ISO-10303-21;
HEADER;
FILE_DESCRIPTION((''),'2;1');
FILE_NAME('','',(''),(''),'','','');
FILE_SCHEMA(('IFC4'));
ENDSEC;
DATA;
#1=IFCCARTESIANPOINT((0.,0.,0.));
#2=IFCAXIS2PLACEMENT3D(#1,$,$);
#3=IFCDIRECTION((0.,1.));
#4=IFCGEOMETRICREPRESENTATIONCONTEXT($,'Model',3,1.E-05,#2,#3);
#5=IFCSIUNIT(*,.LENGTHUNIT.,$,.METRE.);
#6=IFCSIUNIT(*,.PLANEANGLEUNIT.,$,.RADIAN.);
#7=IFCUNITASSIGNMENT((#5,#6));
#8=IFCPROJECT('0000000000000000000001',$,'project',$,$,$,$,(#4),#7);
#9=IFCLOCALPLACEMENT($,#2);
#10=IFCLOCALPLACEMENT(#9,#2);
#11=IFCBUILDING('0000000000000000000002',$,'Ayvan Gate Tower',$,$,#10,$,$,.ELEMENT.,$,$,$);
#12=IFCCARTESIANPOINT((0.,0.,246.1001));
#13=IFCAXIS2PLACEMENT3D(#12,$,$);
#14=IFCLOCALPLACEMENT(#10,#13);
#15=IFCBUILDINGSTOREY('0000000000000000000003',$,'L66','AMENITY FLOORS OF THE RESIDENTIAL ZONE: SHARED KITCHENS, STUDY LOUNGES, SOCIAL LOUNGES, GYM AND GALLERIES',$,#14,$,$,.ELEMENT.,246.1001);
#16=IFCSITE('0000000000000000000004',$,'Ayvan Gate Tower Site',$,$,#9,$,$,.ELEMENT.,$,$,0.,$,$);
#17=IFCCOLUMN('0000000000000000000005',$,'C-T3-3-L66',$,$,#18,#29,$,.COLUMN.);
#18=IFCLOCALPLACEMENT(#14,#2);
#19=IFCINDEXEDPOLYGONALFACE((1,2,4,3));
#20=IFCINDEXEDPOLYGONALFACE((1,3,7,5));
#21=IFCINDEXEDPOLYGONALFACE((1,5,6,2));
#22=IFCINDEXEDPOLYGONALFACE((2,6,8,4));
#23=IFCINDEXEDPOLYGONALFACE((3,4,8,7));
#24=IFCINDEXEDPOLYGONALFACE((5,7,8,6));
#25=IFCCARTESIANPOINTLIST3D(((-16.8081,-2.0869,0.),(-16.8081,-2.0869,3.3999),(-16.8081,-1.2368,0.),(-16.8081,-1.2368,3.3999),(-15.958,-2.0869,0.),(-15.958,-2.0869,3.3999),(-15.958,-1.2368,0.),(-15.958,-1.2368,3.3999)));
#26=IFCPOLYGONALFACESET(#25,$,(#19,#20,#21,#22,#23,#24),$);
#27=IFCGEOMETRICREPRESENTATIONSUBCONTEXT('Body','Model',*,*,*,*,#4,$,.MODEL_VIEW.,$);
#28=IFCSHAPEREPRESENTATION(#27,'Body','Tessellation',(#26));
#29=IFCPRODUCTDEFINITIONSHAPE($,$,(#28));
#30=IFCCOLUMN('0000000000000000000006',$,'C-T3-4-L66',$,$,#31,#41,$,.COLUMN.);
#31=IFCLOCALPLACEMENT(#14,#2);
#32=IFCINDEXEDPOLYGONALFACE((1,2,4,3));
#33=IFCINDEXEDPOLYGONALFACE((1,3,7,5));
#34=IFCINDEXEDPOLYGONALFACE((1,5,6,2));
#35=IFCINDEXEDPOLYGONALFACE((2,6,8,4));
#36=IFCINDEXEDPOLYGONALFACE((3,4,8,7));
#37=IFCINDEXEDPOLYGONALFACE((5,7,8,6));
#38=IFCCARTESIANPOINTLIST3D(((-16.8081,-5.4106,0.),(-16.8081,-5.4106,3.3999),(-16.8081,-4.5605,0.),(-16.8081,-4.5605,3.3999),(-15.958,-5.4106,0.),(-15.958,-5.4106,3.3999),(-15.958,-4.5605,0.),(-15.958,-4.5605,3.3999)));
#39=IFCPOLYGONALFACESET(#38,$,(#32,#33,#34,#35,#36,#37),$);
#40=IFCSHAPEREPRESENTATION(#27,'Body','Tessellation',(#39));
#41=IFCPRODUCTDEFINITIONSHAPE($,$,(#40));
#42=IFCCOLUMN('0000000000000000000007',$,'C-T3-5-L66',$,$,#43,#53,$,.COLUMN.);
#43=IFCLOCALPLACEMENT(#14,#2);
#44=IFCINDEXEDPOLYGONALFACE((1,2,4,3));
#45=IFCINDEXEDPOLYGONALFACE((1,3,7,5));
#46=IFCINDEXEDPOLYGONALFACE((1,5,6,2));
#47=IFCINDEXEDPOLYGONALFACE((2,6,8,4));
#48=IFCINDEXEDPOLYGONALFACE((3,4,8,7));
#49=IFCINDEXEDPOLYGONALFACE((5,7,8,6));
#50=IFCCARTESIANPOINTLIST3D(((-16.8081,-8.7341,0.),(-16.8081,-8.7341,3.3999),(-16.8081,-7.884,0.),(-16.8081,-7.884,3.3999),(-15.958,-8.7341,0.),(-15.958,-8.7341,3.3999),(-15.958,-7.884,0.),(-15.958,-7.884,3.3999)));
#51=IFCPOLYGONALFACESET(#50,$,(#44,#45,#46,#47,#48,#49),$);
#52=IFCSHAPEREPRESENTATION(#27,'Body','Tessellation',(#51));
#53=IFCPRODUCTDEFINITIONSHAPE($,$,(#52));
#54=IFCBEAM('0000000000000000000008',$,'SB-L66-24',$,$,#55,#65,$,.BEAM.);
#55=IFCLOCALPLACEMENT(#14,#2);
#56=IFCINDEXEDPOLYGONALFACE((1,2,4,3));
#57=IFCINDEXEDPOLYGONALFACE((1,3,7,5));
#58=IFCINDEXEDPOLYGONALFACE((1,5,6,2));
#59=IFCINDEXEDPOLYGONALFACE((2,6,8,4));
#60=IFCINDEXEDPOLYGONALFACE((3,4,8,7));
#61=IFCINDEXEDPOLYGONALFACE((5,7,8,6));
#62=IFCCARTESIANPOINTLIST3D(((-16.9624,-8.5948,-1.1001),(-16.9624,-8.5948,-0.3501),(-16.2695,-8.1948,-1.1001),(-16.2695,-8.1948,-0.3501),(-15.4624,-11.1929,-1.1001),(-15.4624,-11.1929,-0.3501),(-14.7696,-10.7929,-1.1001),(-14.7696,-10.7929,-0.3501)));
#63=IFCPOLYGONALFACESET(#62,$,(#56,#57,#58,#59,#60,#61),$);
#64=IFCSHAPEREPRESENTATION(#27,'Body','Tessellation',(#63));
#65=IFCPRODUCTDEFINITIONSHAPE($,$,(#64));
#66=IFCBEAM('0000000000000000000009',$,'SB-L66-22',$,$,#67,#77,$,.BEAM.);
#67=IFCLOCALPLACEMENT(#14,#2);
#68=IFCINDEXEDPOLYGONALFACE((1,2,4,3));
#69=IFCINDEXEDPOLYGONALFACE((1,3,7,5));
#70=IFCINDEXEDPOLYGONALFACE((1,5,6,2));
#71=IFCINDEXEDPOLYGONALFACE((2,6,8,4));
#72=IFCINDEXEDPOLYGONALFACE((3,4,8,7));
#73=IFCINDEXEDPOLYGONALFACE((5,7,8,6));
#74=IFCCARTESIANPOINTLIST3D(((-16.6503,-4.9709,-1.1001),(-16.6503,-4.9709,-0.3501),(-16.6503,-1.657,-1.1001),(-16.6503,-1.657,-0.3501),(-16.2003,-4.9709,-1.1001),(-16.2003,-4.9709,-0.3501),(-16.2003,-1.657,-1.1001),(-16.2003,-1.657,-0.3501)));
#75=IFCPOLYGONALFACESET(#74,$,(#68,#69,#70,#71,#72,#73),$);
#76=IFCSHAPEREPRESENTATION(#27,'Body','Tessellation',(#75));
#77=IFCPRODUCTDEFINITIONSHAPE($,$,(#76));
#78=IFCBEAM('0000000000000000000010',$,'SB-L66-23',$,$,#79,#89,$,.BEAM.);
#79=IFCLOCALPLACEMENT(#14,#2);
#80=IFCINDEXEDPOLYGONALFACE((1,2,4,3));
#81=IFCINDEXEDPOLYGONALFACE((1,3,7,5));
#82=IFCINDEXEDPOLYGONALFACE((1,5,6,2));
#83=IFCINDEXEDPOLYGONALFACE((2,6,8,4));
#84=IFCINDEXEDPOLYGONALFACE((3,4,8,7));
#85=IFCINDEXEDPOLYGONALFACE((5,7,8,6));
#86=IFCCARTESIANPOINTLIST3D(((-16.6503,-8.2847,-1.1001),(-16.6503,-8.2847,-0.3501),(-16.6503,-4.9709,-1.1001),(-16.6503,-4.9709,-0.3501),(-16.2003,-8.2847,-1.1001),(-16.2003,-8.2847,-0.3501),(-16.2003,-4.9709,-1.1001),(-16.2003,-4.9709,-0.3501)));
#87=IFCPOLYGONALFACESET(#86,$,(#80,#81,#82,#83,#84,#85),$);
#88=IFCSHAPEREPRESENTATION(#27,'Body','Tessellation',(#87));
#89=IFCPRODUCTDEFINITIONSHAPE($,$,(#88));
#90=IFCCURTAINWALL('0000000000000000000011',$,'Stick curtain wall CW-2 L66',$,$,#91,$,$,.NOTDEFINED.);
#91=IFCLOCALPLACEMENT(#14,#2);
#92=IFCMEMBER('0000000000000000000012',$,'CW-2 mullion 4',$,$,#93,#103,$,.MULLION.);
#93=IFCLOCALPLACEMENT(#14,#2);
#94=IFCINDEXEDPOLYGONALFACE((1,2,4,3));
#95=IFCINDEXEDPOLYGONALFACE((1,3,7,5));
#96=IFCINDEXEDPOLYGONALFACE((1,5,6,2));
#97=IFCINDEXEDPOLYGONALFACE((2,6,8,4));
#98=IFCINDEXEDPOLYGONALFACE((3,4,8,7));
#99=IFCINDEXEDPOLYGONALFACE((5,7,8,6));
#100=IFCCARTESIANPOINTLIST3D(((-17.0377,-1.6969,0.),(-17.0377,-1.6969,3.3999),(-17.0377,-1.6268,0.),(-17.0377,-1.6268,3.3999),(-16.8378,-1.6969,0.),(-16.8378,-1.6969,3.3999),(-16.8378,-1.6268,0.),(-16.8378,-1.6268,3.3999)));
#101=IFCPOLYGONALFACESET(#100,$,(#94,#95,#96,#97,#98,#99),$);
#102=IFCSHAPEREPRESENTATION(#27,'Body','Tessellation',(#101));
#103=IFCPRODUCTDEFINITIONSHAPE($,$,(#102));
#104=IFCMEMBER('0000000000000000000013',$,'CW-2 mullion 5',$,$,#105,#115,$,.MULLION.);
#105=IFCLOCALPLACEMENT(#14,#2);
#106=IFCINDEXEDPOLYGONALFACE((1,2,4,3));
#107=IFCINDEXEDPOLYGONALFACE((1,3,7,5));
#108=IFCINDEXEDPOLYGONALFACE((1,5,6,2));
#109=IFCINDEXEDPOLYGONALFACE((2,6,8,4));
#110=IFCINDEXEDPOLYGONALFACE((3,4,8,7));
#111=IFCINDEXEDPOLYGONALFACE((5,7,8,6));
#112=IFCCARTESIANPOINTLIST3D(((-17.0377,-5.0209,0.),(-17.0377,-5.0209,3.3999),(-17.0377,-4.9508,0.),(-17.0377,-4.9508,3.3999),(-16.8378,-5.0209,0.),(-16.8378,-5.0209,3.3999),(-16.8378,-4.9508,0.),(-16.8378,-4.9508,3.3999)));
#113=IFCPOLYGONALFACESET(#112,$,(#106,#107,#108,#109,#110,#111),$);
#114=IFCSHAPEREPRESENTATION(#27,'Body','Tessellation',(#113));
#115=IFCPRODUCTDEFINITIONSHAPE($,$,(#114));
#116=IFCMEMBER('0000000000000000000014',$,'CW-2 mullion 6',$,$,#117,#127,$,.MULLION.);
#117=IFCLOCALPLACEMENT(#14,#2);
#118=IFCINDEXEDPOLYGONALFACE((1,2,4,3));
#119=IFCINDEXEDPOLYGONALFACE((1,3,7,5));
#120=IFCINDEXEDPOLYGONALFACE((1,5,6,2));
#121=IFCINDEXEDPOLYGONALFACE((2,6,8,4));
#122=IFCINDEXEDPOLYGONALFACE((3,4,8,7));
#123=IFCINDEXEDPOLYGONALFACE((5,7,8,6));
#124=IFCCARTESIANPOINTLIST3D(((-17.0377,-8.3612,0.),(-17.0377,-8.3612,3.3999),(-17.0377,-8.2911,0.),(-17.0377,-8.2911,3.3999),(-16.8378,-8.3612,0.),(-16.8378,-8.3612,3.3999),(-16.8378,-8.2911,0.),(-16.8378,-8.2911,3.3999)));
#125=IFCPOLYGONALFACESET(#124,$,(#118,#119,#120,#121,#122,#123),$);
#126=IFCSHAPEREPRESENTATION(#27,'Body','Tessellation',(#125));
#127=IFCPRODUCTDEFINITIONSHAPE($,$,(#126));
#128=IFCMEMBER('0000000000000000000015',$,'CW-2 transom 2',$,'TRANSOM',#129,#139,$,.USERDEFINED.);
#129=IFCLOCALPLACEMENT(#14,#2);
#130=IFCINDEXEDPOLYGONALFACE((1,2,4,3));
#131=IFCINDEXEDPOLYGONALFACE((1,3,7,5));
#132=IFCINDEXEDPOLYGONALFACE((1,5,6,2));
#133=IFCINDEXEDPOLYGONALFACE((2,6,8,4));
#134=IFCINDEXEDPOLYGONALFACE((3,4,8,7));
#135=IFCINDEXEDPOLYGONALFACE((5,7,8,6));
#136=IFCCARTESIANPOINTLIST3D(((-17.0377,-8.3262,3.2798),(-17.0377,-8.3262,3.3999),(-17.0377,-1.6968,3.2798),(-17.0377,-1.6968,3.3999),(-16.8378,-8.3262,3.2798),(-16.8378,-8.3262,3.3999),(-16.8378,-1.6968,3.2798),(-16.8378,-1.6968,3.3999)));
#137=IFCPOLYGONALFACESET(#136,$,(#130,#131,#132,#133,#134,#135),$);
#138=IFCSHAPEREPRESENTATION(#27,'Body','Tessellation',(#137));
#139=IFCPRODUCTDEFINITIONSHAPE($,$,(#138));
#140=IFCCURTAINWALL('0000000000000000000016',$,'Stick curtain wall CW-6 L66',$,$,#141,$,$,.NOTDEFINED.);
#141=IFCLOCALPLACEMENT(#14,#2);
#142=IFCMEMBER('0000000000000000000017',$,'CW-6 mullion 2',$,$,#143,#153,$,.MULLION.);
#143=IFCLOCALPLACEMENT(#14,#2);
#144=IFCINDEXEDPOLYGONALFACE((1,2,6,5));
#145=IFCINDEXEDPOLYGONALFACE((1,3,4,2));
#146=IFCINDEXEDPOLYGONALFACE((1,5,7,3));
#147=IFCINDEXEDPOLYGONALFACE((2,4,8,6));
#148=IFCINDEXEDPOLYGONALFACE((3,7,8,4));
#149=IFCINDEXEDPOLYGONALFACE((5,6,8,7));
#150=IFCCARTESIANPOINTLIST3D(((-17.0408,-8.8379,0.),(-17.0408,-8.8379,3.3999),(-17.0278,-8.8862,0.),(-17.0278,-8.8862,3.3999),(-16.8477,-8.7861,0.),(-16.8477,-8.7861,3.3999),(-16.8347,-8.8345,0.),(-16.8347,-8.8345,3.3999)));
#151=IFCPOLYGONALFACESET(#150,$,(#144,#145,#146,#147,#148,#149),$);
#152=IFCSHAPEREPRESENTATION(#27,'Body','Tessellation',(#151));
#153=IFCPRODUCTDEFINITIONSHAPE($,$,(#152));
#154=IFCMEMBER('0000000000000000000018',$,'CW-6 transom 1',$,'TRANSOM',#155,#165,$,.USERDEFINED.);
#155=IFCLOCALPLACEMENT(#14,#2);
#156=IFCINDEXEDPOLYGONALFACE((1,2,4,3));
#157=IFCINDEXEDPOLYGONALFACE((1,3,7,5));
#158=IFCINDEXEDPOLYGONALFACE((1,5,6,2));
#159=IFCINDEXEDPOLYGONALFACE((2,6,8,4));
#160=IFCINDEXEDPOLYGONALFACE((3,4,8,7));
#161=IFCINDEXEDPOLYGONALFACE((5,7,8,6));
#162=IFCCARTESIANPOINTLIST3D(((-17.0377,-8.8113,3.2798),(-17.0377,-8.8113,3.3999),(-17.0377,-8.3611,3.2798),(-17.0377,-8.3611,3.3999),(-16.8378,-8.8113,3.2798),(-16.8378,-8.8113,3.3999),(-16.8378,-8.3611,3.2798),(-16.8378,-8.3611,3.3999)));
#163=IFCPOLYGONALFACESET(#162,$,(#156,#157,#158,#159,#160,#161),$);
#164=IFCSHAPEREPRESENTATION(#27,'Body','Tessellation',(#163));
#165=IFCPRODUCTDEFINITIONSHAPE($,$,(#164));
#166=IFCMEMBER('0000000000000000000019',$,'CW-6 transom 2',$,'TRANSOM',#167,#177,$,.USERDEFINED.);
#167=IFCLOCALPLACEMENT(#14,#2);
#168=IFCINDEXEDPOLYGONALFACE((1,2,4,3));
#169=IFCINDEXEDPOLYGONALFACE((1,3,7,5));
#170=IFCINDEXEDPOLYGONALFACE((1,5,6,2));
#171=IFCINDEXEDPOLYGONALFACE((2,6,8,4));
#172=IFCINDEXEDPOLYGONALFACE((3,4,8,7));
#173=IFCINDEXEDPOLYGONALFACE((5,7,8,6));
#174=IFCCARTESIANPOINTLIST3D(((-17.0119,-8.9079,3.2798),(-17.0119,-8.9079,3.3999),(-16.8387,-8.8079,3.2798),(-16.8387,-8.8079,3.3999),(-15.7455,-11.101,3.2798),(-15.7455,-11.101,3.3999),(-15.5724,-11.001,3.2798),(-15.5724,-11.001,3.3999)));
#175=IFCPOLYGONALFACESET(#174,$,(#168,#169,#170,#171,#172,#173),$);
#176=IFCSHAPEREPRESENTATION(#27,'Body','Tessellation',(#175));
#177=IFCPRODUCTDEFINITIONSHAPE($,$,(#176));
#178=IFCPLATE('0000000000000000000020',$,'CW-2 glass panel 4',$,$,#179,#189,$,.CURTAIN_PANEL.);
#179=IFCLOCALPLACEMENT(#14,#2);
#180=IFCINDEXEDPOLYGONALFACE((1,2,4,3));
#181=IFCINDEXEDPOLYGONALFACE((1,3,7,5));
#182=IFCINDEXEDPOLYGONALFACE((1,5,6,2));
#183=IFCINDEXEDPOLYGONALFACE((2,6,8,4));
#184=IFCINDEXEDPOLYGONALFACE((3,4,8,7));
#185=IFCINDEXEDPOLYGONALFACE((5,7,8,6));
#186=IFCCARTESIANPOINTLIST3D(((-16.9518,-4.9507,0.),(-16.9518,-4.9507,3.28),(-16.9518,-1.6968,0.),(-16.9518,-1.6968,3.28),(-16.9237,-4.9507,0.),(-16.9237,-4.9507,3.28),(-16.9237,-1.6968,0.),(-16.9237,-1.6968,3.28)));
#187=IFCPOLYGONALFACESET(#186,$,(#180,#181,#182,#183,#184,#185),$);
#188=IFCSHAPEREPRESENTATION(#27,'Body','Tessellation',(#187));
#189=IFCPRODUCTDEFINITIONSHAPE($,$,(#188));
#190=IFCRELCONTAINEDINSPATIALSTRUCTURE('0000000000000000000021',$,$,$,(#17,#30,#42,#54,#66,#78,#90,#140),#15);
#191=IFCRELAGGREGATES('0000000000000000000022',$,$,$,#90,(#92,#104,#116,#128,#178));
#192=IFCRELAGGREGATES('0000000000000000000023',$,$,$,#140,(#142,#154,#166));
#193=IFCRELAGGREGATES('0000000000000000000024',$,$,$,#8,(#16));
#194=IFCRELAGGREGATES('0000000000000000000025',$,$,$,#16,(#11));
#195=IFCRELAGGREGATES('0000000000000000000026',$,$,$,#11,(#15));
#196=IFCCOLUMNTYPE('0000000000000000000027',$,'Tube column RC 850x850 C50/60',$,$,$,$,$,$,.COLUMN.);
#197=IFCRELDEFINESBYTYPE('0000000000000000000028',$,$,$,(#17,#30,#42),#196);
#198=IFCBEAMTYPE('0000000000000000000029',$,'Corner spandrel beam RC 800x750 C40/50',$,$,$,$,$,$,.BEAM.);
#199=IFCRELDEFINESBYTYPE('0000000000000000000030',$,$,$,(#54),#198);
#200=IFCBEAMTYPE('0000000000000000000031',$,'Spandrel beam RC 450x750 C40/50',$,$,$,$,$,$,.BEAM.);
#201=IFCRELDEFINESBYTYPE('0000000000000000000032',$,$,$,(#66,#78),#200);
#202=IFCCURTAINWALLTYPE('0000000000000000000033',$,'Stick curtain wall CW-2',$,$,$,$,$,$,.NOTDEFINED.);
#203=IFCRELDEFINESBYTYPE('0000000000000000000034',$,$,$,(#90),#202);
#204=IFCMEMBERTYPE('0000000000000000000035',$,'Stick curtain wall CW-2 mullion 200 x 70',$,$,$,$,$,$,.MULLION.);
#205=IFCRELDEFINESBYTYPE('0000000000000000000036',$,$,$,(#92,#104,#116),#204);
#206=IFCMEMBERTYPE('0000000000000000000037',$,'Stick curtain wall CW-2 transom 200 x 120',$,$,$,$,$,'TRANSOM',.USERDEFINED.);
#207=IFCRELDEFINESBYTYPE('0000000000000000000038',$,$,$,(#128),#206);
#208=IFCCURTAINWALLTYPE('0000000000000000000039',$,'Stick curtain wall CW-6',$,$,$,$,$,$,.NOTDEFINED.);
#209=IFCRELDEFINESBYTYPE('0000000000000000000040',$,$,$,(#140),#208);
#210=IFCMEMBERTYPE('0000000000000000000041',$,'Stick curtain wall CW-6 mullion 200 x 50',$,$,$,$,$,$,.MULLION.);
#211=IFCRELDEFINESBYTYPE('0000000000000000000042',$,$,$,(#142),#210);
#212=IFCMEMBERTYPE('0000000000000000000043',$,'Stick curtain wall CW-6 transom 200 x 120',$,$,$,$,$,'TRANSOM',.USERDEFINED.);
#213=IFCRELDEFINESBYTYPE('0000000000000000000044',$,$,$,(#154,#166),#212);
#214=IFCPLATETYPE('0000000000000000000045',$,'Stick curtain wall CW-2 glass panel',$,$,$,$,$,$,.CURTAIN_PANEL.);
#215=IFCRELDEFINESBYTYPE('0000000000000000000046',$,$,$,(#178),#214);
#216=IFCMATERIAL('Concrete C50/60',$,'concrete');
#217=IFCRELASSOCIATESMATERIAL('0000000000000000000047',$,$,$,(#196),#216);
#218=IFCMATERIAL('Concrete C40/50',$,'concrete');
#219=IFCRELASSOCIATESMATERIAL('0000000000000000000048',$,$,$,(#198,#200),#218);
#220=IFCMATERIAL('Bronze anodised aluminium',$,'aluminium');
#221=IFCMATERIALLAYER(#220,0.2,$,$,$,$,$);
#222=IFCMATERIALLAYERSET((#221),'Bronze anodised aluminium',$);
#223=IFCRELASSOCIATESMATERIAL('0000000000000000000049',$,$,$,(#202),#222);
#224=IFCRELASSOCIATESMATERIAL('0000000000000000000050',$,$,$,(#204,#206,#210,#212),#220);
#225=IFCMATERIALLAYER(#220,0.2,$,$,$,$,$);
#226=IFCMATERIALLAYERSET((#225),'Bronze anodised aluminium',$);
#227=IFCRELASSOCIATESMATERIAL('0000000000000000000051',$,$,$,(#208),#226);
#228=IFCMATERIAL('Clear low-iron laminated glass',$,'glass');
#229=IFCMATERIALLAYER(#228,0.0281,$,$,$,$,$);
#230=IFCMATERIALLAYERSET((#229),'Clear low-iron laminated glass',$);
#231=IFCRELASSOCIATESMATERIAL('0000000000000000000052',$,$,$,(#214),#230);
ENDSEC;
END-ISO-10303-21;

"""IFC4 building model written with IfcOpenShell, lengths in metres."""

from ifc_helpers import new_model, si_unit, direction, frame, origin, origin_2d, place, context, subcontext, project, spatial, rectangle, extrude, material, layer, layer_set, material_profile, profile_set, type_object, element, aggregate, save


model = new_model("IFC4")

# Units and contexts
model_context = context("Model", 3, precision=1e-05, world=origin(), true_north=direction((0.0, 1.0)))
body_context = subcontext(model_context, "Body", "Model", "MODEL_VIEW")
ifc_project = project(units=[si_unit("LENGTHUNIT", "METRE"), si_unit("PLANEANGLEUNIT", "RADIAN")], contexts=[model_context])

# Site, building, storey
site_placement = place(None, origin())
site = spatial("IfcSite", under=ifc_project, at=site_placement, Name="Ayvan Gate Tower Site", CompositionType="ELEMENT", RefElevation=0.0)
building_placement = place(site_placement, origin())
building = spatial("IfcBuilding", under=site, at=building_placement, Name="Ayvan Gate Tower", CompositionType="ELEMENT")
storey_placement = place(building_placement, frame((0.0, 0.0, 246.1001)))
storey = spatial("IfcBuildingStorey", under=building, at=storey_placement, Name="L66", Description="AMENITY FLOORS OF THE RESIDENTIAL ZONE: SHARED KITCHENS, STUDY LOUNGES, SOCIAL LOUNGES, GYM AND GALLERIES", CompositionType="ELEMENT", Elevation=246.1001)

# Columns
ifc_material_1 = material(Name="Concrete C50/60", Category="concrete")
ifc_material_profile_1 = material_profile(ifc_material_1, rectangle(XDim=0.8501, YDim=0.8501, at=origin_2d()), Name="RC 850x850")
ifc_profile_set_1 = profile_set([ifc_material_profile_1], Name="Concrete C50/60")
column_type = type_object("IfcColumnType", Name="Tube column RC 850x850 C50/60", PredefinedType="COLUMN", material=ifc_profile_set_1)
for number, where, z_axis, x_axis, name in (
    (1, (-16.3831, -1.6619, 0.0), (0.0, 0.0, 1.0), (-1.0, 0.0, 0.0), "C-T3-3-L66"),
    (2, (-16.3831, -4.9856, 0.0), (0.0, 0.0, 1.0), (-1.0, 0.0, 0.0), "C-T3-4-L66"),
    (3, (-16.3831, -8.3091, 0.0), (0.0, 0.0, 1.0), (-1.0, 0.0, 0.0), "C-T3-5-L66"),
):
    element("IfcColumn", number, at=place(storey_placement, frame(where, z_axis=z_axis, x_axis=x_axis)), inside=storey, type_object=column_type, Name=name, PredefinedType="COLUMN", context=body_context, shape_type="SweptSolid", body=[
        extrude(rectangle(XDim=0.8501, YDim=0.8501, at=origin_2d()), origin(), (0.0, 0.0, 1.0), 3.3999),
    ])

# Beams
ifc_material_2 = material(Name="Concrete C40/50", Category="concrete")
ifc_material_profile_2 = material_profile(ifc_material_2, rectangle(XDim=0.8, YDim=0.75, at=origin_2d()), Name="RC 800x750")
ifc_profile_set_2 = profile_set([ifc_material_profile_2], Name="Concrete C40/50")
beam_type_1 = type_object("IfcBeamType", Name="Corner spandrel beam RC 800x750 C40/50", PredefinedType="BEAM", material=ifc_profile_set_2)
beam_1_placement = place(storey_placement, frame((-16.616, -8.3948, -0.7251), z_axis=(0.49999, -0.866031, 0.0), x_axis=(0.866031, 0.49999, 0.0)))
element("IfcBeam", 4, at=beam_1_placement, inside=storey, type_object=beam_type_1, Name="SB-L66-24", PredefinedType="BEAM", context=body_context, shape_type="SweptSolid", body=[
    extrude(rectangle(XDim=0.8, YDim=0.75, at=origin_2d()), origin(), (0.0, 0.0, 1.0), 3.0),
])
ifc_material_profile_3 = material_profile(ifc_material_2, rectangle(XDim=0.45, YDim=0.75, at=origin_2d()), Name="RC 450x750")
ifc_profile_set_3 = profile_set([ifc_material_profile_3], Name="Concrete C40/50")
beam_type_2 = type_object("IfcBeamType", Name="Spandrel beam RC 450x750 C40/50", PredefinedType="BEAM", material=ifc_profile_set_3)
beam_2_placement = place(storey_placement, frame((-16.4253, -1.657, -0.7251), z_axis=(0.0, -1.0, 0.0), x_axis=(1.0, 0.0, 0.0)))
element("IfcBeam", 5, at=beam_2_placement, inside=storey, type_object=beam_type_2, Name="SB-L66-22", PredefinedType="BEAM", context=body_context, shape_type="SweptSolid", body=[
    extrude(rectangle(XDim=0.45, YDim=0.75, at=origin_2d()), origin(), (0.0, 0.0, 1.0), 3.314),
])
beam_3_placement = place(storey_placement, frame((-16.4253, -4.9709, -0.7251), z_axis=(0.0, -1.0, 0.0), x_axis=(1.0, 0.0, 0.0)))
element("IfcBeam", 6, at=beam_3_placement, inside=storey, type_object=beam_type_2, Name="SB-L66-23", PredefinedType="BEAM", context=body_context, shape_type="SweptSolid", body=[
    extrude(rectangle(XDim=0.45, YDim=0.75, at=origin_2d()), origin(), (0.0, 0.0, 1.0), 3.3137),
])

# Curtain walls, members
ifc_material_3 = material(Name="Bronze anodised aluminium", Category="aluminium")
ifc_layer_1 = layer(ifc_material_3, 0.2)
ifc_layer_set_1 = layer_set([ifc_layer_1], Name="Bronze anodised aluminium")
curtain_wall_type_1 = type_object("IfcCurtainWallType", Name="Stick curtain wall CW-2", PredefinedType="NOTDEFINED", material=ifc_layer_set_1)
curtain_wall_1_placement = place(storey_placement, origin())
curtain_wall_1 = element("IfcCurtainWall", 7, at=curtain_wall_1_placement, inside=storey, type_object=curtain_wall_type_1, Name="Stick curtain wall CW-2 L66", PredefinedType="NOTDEFINED")
ifc_material_profile_4 = material_profile(ifc_material_3, rectangle(XDim=0.2, YDim=0.0701, at=origin_2d()), Name="Stick curtain wall CW-2 mullion 200 x 70")
ifc_profile_set_4 = profile_set([ifc_material_profile_4], Name="Bronze anodised aluminium")
member_type_1 = type_object("IfcMemberType", Name="Stick curtain wall CW-2 mullion 200 x 70", PredefinedType="MULLION", material=ifc_profile_set_4)
member_1_placement = place(storey_placement, frame((-16.9377, -1.6619, 0.0), z_axis=(0.0, 0.0, 1.0), x_axis=(-1.0, 0.0, 0.0)))
member_1 = element("IfcMember", 8, at=member_1_placement, type_object=member_type_1, Name="CW-2 mullion 4", PredefinedType="MULLION", context=body_context, shape_type="SweptSolid", body=[
    extrude(rectangle(XDim=0.2, YDim=0.0701, at=origin_2d()), origin(), (0.0, 0.0, 1.0), 3.3999),
])
member_2_placement = place(storey_placement, frame((-16.9377, -4.9858, 0.0), z_axis=(0.0, 0.0, 1.0), x_axis=(-1.0, 0.0, 0.0)))
member_2 = element("IfcMember", 9, at=member_2_placement, type_object=member_type_1, Name="CW-2 mullion 5", PredefinedType="MULLION", context=body_context, shape_type="SweptSolid", body=[
    extrude(rectangle(XDim=0.2, YDim=0.0701, at=origin_2d()), origin(), (0.0, 0.0, 1.0), 3.3999),
])
member_3_placement = place(storey_placement, frame((-16.9377, -8.3262, 0.0), z_axis=(0.0, 0.0, 1.0), x_axis=(-1.0, 0.0, 0.0)))
member_3 = element("IfcMember", 10, at=member_3_placement, type_object=member_type_1, Name="CW-2 mullion 6", PredefinedType="MULLION", context=body_context, shape_type="SweptSolid", body=[
    extrude(rectangle(XDim=0.2, YDim=0.0701, at=origin_2d()), origin(), (0.0, 0.0, 1.0), 3.3999),
])
ifc_material_profile_5 = material_profile(ifc_material_3, rectangle(XDim=0.2, YDim=0.1201, at=origin_2d()), Name="Stick curtain wall CW-2 transom 200 x 120")
ifc_profile_set_5 = profile_set([ifc_material_profile_5], Name="Bronze anodised aluminium")
member_type_2 = type_object("IfcMemberType", Name="Stick curtain wall CW-2 transom 200 x 120", ElementType="TRANSOM", PredefinedType="USERDEFINED", material=ifc_profile_set_5)
member_4_placement = place(storey_placement, frame((-16.9377, -1.6968, 3.3398), z_axis=(0.0, -1.0, 0.0), x_axis=(1.0, 0.0, 0.0)))
member_4 = element("IfcMember", 11, at=member_4_placement, type_object=member_type_2, Name="CW-2 transom 2", ObjectType="TRANSOM", PredefinedType="USERDEFINED", context=body_context, shape_type="SweptSolid", body=[
    extrude(rectangle(XDim=0.2, YDim=0.1201, at=origin_2d()), origin(), (0.0, 0.0, 1.0), 6.6294),
])
ifc_layer_2 = layer(ifc_material_3, 0.2)
ifc_layer_set_2 = layer_set([ifc_layer_2], Name="Bronze anodised aluminium")
curtain_wall_type_2 = type_object("IfcCurtainWallType", Name="Stick curtain wall CW-6", PredefinedType="NOTDEFINED", material=ifc_layer_set_2)
curtain_wall_2_placement = place(storey_placement, origin())
curtain_wall_2 = element("IfcCurtainWall", 12, at=curtain_wall_2_placement, inside=storey, type_object=curtain_wall_type_2, Name="Stick curtain wall CW-6 L66", PredefinedType="NOTDEFINED")
ifc_material_profile_6 = material_profile(ifc_material_3, rectangle(XDim=0.2, YDim=0.05, at=origin_2d()), Name="Stick curtain wall CW-6 mullion 200 x 50")
ifc_profile_set_6 = profile_set([ifc_material_profile_6], Name="Bronze anodised aluminium")
member_type_3 = type_object("IfcMemberType", Name="Stick curtain wall CW-6 mullion 200 x 50", PredefinedType="MULLION", material=ifc_profile_set_6)
member_5_placement = place(storey_placement, frame((-16.9377, -8.8362, 0.0), z_axis=(0.0, 0.0, 1.0), x_axis=(-0.965926, -0.258819, 0.0)))
member_5 = element("IfcMember", 13, at=member_5_placement, type_object=member_type_3, Name="CW-6 mullion 2", PredefinedType="MULLION", context=body_context, shape_type="SweptSolid", body=[
    extrude(rectangle(XDim=0.2, YDim=0.05, at=origin_2d()), origin(), (0.0, 0.0, 1.0), 3.3999),
])
ifc_material_profile_7 = material_profile(ifc_material_3, rectangle(XDim=0.2, YDim=0.1201, at=origin_2d()), Name="Stick curtain wall CW-6 transom 200 x 120")
ifc_profile_set_7 = profile_set([ifc_material_profile_7], Name="Bronze anodised aluminium")
member_type_4 = type_object("IfcMemberType", Name="Stick curtain wall CW-6 transom 200 x 120", ElementType="TRANSOM", PredefinedType="USERDEFINED", material=ifc_profile_set_7)
member_6_placement = place(storey_placement, frame((-16.9377, -8.3611, 3.3398), z_axis=(0.0, -1.0, 0.0), x_axis=(1.0, 0.0, 0.0)))
member_6 = element("IfcMember", 14, at=member_6_placement, type_object=member_type_4, Name="CW-6 transom 1", ObjectType="TRANSOM", PredefinedType="USERDEFINED", context=body_context, shape_type="SweptSolid", body=[
    extrude(rectangle(XDim=0.2, YDim=0.1201, at=origin_2d()), origin(), (0.0, 0.0, 1.0), 0.4502),
])
member_7_placement = place(storey_placement, frame((-16.9253, -8.8579, 3.3398), z_axis=(0.500048, -0.865998, 0.0), x_axis=(0.865998, 0.500048, 0.0)))
member_7 = element("IfcMember", 15, at=member_7_placement, type_object=member_type_4, Name="CW-6 transom 2", ObjectType="TRANSOM", PredefinedType="USERDEFINED", context=body_context, shape_type="SweptSolid", body=[
    extrude(rectangle(XDim=0.2, YDim=0.1201, at=origin_2d()), origin(), (0.0, 0.0, 1.0), 2.5325),
])

# Plate
ifc_material_4 = material(Name="Clear low-iron laminated glass", Category="glass")
ifc_layer_3 = layer(ifc_material_4, 0.0281)
ifc_layer_set_3 = layer_set([ifc_layer_3], Name="Clear low-iron laminated glass")
plate_type_1 = type_object("IfcPlateType", Name="Stick curtain wall CW-2 glass panel", PredefinedType="CURTAIN_PANEL", material=ifc_layer_set_3)
plate_1_placement = place(storey_placement, frame((-16.9377, -3.3237, 0.0), z_axis=(0.0, 0.0, 1.0), x_axis=(0.0, -1.0, 0.0)))
plate_1 = element("IfcPlate", 16, at=plate_1_placement, type_object=plate_type_1, Name="CW-2 glass panel 4", PredefinedType="CURTAIN_PANEL", context=body_context, shape_type="SweptSolid", body=[
    extrude(rectangle(XDim=3.2539, YDim=0.0281, at=origin_2d()), origin(), (0.0, 0.0, 1.0), 3.28),
])
aggregate(curtain_wall_1, [member_1, member_2, member_3, member_4, plate_1])
aggregate(curtain_wall_2, [member_5, member_6, member_7])

save(model, "model.ifc")
